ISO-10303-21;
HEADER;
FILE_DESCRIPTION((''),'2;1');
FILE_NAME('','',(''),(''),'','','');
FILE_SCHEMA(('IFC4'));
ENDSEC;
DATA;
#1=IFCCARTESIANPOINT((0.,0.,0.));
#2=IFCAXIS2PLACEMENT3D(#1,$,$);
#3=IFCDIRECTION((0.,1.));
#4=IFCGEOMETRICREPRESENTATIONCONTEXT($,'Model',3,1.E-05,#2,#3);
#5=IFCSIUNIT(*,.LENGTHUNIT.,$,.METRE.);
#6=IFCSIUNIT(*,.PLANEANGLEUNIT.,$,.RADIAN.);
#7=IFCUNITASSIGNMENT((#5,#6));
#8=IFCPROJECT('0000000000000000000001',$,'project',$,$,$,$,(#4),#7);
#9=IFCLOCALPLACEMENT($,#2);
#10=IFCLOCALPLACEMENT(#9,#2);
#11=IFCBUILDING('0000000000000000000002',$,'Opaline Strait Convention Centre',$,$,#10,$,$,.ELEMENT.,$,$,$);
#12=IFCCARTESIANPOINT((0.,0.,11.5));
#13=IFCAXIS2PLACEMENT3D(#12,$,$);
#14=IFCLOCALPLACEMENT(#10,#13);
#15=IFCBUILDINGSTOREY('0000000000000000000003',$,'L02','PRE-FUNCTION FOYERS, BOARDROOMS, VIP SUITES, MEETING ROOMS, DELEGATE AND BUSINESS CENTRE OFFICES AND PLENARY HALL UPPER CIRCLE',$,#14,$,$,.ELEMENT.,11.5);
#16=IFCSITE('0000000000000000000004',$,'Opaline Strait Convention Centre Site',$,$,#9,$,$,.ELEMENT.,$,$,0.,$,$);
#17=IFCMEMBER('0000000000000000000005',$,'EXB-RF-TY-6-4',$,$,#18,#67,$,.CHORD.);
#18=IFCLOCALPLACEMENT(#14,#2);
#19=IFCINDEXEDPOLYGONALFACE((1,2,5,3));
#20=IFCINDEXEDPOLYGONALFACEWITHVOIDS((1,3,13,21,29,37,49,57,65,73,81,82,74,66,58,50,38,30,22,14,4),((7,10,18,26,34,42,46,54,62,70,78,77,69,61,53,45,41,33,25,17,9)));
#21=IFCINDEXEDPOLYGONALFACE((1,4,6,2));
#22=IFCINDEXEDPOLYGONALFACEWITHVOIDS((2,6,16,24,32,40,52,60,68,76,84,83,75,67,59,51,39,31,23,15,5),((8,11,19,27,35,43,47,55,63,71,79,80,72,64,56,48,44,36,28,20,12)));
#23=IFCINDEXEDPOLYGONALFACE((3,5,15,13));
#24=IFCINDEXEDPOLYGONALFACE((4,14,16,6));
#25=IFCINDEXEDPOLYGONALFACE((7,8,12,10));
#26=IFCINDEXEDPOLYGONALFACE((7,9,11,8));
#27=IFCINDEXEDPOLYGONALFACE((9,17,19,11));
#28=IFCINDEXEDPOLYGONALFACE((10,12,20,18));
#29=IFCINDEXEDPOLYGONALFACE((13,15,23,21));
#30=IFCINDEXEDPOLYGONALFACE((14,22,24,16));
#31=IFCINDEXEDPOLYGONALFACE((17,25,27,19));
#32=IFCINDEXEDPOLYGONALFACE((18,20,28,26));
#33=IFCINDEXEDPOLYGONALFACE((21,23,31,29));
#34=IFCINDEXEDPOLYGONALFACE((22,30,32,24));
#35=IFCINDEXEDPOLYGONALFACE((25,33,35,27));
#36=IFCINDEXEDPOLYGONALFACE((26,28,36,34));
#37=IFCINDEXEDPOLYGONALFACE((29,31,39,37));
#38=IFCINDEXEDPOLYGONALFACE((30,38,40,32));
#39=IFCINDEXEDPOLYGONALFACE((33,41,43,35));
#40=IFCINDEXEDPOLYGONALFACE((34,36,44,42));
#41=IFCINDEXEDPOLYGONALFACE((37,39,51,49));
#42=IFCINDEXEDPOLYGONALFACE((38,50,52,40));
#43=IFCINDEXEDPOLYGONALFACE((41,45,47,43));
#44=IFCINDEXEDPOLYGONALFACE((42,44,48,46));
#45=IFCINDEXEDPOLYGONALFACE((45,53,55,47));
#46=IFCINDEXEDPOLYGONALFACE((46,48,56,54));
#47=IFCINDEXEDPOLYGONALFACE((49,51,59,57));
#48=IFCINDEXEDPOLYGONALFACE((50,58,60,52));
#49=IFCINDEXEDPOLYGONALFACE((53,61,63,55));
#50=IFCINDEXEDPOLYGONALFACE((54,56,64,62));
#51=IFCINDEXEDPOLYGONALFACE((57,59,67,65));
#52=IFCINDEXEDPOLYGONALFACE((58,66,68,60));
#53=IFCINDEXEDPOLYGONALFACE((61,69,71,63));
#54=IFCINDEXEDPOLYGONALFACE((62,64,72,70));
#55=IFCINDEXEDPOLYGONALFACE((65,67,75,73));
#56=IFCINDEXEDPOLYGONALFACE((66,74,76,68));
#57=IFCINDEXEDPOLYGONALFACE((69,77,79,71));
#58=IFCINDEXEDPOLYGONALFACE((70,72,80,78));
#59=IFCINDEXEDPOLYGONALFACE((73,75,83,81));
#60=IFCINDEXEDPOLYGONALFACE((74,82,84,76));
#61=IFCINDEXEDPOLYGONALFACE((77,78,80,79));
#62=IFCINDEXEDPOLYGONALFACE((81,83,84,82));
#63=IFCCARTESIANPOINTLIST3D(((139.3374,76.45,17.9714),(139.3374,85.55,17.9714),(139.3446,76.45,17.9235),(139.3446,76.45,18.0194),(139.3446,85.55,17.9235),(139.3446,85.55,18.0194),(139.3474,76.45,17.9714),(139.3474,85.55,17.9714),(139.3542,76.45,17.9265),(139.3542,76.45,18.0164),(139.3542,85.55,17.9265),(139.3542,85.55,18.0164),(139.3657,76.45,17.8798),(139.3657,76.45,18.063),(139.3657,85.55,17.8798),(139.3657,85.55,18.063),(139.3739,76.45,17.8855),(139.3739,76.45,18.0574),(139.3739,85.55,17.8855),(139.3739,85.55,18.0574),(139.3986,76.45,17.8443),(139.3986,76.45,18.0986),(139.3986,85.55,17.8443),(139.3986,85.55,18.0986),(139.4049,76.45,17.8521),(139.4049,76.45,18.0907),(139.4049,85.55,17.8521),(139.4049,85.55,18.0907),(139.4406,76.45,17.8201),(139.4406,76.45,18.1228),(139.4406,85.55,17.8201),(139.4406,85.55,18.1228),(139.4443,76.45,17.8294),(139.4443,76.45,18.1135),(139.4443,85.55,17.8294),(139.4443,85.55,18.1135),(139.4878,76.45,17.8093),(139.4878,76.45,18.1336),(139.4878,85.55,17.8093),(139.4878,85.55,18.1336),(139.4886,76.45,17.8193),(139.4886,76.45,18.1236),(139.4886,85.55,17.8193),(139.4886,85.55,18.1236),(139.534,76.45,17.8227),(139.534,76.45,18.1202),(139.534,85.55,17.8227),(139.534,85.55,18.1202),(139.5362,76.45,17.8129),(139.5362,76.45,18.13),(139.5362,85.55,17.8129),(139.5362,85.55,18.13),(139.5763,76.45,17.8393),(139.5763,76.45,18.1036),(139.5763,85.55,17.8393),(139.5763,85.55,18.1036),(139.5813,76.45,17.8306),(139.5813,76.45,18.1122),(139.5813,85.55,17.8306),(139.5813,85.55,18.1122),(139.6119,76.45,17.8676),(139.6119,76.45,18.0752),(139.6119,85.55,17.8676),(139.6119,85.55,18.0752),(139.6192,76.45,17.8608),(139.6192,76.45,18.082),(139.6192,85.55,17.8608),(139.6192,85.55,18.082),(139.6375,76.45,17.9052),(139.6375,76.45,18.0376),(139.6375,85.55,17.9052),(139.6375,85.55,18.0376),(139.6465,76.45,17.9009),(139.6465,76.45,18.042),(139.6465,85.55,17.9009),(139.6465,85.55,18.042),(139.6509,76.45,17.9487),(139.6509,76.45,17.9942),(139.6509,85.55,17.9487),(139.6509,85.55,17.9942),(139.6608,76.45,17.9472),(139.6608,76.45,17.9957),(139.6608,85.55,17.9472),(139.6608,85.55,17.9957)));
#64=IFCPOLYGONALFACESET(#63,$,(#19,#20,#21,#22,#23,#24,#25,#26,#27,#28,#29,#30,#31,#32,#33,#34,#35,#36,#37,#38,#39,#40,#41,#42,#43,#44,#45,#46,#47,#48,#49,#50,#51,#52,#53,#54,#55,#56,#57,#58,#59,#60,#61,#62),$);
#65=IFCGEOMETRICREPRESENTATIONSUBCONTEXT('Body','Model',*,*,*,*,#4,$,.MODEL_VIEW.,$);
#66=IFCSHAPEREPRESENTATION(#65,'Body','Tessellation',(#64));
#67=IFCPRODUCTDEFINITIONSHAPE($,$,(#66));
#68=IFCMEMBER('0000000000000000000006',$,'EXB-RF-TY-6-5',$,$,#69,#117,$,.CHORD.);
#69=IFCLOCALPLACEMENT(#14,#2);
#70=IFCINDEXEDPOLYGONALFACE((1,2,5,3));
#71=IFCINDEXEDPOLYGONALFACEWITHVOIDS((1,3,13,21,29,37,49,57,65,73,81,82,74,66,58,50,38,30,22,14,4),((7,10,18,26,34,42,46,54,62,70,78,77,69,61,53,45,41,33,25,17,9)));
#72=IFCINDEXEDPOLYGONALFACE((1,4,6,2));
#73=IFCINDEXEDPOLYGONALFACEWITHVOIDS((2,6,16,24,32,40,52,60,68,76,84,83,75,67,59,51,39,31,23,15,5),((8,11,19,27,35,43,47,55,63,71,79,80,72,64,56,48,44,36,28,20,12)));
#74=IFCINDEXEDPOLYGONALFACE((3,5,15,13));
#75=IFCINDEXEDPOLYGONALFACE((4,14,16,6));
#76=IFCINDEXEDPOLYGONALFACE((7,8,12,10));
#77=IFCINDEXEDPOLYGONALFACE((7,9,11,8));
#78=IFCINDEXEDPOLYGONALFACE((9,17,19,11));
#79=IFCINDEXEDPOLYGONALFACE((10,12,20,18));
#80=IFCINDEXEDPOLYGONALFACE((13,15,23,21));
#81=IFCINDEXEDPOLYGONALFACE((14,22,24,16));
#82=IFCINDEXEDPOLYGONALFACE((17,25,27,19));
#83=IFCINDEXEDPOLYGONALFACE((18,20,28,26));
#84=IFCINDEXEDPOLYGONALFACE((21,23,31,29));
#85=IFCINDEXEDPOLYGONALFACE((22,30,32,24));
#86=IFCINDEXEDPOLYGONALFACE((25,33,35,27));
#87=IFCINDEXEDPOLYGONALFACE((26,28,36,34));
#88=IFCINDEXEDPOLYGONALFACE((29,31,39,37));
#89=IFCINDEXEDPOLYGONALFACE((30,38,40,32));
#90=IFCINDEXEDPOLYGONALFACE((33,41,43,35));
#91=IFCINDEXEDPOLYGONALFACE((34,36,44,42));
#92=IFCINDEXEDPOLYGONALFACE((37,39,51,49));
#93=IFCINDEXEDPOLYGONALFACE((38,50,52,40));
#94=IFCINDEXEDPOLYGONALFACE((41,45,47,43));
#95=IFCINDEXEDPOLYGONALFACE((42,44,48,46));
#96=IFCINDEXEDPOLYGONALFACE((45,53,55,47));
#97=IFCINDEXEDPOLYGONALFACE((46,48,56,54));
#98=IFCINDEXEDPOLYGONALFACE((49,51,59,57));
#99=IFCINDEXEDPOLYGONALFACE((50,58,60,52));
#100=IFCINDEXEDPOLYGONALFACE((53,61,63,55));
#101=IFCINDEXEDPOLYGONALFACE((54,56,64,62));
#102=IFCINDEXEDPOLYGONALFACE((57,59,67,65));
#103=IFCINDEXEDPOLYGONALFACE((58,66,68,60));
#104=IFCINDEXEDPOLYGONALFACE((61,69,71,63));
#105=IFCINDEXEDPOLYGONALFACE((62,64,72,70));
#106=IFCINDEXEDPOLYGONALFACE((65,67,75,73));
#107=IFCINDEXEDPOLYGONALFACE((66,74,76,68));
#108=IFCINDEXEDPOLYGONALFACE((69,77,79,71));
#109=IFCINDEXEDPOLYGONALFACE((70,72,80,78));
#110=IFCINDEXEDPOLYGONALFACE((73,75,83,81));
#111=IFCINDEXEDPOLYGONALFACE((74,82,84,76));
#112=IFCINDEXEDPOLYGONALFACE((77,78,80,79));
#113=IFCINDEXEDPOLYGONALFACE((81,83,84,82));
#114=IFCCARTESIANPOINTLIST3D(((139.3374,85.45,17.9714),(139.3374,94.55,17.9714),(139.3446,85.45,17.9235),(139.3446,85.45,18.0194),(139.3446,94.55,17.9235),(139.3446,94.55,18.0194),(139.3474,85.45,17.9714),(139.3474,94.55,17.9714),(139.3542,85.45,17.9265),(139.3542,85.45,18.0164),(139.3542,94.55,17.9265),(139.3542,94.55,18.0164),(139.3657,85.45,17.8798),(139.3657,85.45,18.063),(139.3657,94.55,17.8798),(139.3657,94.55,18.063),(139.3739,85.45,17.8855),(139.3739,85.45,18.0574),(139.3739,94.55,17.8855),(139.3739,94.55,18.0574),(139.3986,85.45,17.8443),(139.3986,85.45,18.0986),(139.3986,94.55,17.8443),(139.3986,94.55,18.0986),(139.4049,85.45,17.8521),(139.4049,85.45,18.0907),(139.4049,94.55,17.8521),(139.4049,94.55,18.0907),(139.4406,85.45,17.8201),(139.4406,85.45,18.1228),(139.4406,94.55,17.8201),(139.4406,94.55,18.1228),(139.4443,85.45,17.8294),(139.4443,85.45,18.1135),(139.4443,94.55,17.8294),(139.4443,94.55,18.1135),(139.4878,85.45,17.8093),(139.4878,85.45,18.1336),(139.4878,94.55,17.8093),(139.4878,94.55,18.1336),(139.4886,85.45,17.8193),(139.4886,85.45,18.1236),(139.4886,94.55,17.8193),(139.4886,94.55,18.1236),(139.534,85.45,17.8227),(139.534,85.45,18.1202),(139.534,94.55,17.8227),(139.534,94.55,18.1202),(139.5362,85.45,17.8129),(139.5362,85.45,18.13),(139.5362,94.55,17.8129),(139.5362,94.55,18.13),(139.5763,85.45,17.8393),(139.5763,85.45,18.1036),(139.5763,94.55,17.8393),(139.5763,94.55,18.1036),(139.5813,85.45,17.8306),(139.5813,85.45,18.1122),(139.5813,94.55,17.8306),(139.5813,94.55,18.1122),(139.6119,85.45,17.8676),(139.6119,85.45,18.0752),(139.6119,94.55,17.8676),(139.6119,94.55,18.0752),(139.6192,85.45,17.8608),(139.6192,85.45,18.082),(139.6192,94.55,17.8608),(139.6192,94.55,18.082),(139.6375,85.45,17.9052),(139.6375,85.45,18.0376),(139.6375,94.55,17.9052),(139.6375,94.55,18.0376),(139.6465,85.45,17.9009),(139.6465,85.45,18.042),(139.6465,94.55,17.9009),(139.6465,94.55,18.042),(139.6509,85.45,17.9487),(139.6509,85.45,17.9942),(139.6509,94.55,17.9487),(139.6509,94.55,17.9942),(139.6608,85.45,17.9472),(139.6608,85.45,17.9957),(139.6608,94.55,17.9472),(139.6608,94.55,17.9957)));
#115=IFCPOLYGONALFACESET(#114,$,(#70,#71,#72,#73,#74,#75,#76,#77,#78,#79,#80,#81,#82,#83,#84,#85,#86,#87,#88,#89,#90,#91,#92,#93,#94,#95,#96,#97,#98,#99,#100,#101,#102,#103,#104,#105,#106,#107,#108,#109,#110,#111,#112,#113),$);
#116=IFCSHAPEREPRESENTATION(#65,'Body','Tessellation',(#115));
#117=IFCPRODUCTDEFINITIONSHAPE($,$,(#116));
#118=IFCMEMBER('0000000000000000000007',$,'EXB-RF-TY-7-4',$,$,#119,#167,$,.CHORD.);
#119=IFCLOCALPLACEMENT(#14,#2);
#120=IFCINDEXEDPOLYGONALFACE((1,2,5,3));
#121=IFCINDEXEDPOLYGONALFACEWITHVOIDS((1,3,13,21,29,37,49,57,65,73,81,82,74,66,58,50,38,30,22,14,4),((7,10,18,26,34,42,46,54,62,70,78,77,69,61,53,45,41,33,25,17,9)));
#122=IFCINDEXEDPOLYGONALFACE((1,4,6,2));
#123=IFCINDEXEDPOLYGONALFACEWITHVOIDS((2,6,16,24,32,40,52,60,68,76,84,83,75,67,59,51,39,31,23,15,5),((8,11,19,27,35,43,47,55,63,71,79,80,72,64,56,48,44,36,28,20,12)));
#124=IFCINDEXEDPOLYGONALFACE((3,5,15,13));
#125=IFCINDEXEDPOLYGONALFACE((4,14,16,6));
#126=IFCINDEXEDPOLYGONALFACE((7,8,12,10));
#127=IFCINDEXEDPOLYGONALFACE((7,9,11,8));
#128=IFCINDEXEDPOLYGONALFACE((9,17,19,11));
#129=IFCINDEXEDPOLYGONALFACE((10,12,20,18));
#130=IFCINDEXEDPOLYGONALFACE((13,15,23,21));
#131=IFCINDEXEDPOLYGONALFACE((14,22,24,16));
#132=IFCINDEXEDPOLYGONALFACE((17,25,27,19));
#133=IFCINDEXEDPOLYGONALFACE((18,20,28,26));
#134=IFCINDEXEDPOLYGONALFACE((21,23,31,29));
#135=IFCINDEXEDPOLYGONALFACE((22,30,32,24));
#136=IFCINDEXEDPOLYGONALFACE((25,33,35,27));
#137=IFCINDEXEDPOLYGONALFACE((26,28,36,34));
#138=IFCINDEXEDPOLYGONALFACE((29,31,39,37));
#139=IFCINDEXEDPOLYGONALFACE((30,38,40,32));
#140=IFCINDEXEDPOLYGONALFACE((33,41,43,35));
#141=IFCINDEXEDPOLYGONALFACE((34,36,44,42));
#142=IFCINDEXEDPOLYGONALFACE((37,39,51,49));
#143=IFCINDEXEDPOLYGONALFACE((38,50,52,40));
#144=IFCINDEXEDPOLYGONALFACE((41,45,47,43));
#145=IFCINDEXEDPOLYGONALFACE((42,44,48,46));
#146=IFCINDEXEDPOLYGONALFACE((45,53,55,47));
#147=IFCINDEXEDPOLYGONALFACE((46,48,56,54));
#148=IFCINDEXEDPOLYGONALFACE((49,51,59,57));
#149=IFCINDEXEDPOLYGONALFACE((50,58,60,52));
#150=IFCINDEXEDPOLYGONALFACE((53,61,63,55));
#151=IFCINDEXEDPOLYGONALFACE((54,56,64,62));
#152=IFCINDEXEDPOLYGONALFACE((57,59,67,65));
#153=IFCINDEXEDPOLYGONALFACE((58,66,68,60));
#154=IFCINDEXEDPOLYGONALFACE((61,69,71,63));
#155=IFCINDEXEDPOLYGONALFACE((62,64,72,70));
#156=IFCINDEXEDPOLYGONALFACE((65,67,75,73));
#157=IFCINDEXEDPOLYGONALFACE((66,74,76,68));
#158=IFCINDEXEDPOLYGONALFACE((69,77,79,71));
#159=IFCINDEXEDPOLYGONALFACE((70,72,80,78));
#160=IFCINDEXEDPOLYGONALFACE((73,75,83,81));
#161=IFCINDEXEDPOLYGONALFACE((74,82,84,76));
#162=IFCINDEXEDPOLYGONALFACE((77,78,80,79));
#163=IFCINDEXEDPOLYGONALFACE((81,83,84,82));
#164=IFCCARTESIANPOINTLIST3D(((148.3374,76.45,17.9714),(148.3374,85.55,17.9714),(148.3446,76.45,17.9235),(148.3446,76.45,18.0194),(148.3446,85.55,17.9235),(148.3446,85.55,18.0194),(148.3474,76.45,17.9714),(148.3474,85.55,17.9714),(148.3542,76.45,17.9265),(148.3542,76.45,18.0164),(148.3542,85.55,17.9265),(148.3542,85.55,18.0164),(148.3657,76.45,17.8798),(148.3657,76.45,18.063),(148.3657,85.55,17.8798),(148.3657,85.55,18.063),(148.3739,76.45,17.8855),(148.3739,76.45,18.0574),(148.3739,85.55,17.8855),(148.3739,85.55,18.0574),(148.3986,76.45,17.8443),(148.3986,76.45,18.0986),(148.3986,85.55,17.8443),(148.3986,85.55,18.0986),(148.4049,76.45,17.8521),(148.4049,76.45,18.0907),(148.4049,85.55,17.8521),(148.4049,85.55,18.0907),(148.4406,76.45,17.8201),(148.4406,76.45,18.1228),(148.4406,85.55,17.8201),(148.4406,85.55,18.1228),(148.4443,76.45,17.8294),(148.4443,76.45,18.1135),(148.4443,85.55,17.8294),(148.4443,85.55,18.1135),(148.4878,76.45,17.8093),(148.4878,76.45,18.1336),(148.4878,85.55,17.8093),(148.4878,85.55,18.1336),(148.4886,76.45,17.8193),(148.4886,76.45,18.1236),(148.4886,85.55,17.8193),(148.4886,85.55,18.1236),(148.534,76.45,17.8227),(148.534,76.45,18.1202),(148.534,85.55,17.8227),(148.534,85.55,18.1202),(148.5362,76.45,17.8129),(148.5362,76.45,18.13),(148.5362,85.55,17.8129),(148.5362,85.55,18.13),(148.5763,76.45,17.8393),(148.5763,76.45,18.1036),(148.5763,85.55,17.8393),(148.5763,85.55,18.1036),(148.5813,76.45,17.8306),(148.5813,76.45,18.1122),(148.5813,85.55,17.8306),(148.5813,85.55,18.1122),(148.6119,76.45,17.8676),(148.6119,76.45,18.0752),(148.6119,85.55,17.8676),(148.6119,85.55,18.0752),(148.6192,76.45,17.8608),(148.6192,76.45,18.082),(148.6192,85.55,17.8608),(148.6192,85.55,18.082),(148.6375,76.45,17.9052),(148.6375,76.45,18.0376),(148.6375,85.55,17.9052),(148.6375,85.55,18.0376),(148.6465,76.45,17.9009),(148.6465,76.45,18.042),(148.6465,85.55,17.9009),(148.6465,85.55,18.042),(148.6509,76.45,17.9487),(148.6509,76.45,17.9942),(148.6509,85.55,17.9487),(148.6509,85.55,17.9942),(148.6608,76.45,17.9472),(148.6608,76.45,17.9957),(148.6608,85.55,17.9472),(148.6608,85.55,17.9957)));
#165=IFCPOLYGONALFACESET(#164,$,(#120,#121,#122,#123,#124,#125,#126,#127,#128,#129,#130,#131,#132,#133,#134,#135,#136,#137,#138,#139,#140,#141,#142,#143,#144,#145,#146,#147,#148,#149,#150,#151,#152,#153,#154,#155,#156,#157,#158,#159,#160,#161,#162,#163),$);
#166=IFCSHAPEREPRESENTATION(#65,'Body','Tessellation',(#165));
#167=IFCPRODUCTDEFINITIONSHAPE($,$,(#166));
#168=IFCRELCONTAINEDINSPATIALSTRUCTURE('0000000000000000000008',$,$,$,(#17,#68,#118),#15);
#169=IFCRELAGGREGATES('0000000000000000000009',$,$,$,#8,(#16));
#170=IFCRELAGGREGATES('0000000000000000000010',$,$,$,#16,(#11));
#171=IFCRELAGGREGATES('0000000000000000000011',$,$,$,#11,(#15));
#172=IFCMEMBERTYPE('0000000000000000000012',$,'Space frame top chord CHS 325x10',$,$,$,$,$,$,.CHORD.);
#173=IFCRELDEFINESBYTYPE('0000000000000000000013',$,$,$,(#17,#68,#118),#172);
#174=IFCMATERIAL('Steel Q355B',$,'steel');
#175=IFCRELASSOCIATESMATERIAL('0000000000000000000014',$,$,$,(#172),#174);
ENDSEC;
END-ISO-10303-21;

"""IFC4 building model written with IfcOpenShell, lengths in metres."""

from ifc_helpers import new_model, si_unit, direction, frame, origin, origin_2d, place, context, subcontext, project, spatial, hollow_circle, extrude, material, material_profile, profile_set, type_object, element, save


model = new_model("IFC4")

# Units and contexts
model_context = context("Model", 3, precision=1e-05, world=origin(), true_north=direction((0.0, 1.0)))
body_context = subcontext(model_context, "Body", "Model", "MODEL_VIEW")
ifc_project = project(units=[si_unit("LENGTHUNIT", "METRE"), si_unit("PLANEANGLEUNIT", "RADIAN")], contexts=[model_context])

# Site, building, storey
site_placement = place(None, origin())
site = spatial("IfcSite", under=ifc_project, at=site_placement, Name="Opaline Strait Convention Centre Site", CompositionType="ELEMENT", RefElevation=0.0)
building_placement = place(site_placement, origin())
building = spatial("IfcBuilding", under=site, at=building_placement, Name="Opaline Strait Convention Centre", CompositionType="ELEMENT")
storey_placement = place(building_placement, frame((0.0, 0.0, 11.5)))
storey = spatial("IfcBuildingStorey", under=building, at=storey_placement, Name="L02", Description="PRE-FUNCTION FOYERS, BOARDROOMS, VIP SUITES, MEETING ROOMS, DELEGATE AND BUSINESS CENTRE OFFICES AND PLENARY HALL UPPER CIRCLE", CompositionType="ELEMENT", Elevation=11.5)

# Members
ifc_material_1 = material(Name="Steel Q355B", Category="steel")
ifc_material_profile_1 = material_profile(ifc_material_1, hollow_circle(Radius=0.1626, WallThickness=0.01, at=origin_2d()), Name="CHS 325x10")
ifc_profile_set_1 = profile_set([ifc_material_profile_1], Name="Steel Q355B")
member_type_1 = type_object("IfcMemberType", Name="Space frame top chord CHS 325x10", PredefinedType="CHORD", material=ifc_profile_set_1)
for number, where, z_axis, x_axis, name in (
    (1, (139.5, 76.45, 17.9714), (0.0, 1.0, 0.0), (-1.0, 0.0, 0.0), "EXB-RF-TY-6-4"),
    (2, (139.5, 85.45, 17.9714), (0.0, 1.0, 0.0), (-1.0, 0.0, 0.0), "EXB-RF-TY-6-5"),
    (3, (148.5, 76.45, 17.9714), (0.0, 1.0, 0.0), (-1.0, 0.0, 0.0), "EXB-RF-TY-7-4"),
):
    element("IfcMember", number, at=place(storey_placement, frame(where, z_axis=z_axis, x_axis=x_axis)), inside=storey, type_object=member_type_1, Name=name, PredefinedType="CHORD", context=body_context, shape_type="SweptSolid", body=[
        extrude(hollow_circle(Radius=0.1626, WallThickness=0.01, at=origin_2d()), origin(), (0.0, 0.0, 1.0), 9.1001),
    ])

save(model, "model.ifc")
